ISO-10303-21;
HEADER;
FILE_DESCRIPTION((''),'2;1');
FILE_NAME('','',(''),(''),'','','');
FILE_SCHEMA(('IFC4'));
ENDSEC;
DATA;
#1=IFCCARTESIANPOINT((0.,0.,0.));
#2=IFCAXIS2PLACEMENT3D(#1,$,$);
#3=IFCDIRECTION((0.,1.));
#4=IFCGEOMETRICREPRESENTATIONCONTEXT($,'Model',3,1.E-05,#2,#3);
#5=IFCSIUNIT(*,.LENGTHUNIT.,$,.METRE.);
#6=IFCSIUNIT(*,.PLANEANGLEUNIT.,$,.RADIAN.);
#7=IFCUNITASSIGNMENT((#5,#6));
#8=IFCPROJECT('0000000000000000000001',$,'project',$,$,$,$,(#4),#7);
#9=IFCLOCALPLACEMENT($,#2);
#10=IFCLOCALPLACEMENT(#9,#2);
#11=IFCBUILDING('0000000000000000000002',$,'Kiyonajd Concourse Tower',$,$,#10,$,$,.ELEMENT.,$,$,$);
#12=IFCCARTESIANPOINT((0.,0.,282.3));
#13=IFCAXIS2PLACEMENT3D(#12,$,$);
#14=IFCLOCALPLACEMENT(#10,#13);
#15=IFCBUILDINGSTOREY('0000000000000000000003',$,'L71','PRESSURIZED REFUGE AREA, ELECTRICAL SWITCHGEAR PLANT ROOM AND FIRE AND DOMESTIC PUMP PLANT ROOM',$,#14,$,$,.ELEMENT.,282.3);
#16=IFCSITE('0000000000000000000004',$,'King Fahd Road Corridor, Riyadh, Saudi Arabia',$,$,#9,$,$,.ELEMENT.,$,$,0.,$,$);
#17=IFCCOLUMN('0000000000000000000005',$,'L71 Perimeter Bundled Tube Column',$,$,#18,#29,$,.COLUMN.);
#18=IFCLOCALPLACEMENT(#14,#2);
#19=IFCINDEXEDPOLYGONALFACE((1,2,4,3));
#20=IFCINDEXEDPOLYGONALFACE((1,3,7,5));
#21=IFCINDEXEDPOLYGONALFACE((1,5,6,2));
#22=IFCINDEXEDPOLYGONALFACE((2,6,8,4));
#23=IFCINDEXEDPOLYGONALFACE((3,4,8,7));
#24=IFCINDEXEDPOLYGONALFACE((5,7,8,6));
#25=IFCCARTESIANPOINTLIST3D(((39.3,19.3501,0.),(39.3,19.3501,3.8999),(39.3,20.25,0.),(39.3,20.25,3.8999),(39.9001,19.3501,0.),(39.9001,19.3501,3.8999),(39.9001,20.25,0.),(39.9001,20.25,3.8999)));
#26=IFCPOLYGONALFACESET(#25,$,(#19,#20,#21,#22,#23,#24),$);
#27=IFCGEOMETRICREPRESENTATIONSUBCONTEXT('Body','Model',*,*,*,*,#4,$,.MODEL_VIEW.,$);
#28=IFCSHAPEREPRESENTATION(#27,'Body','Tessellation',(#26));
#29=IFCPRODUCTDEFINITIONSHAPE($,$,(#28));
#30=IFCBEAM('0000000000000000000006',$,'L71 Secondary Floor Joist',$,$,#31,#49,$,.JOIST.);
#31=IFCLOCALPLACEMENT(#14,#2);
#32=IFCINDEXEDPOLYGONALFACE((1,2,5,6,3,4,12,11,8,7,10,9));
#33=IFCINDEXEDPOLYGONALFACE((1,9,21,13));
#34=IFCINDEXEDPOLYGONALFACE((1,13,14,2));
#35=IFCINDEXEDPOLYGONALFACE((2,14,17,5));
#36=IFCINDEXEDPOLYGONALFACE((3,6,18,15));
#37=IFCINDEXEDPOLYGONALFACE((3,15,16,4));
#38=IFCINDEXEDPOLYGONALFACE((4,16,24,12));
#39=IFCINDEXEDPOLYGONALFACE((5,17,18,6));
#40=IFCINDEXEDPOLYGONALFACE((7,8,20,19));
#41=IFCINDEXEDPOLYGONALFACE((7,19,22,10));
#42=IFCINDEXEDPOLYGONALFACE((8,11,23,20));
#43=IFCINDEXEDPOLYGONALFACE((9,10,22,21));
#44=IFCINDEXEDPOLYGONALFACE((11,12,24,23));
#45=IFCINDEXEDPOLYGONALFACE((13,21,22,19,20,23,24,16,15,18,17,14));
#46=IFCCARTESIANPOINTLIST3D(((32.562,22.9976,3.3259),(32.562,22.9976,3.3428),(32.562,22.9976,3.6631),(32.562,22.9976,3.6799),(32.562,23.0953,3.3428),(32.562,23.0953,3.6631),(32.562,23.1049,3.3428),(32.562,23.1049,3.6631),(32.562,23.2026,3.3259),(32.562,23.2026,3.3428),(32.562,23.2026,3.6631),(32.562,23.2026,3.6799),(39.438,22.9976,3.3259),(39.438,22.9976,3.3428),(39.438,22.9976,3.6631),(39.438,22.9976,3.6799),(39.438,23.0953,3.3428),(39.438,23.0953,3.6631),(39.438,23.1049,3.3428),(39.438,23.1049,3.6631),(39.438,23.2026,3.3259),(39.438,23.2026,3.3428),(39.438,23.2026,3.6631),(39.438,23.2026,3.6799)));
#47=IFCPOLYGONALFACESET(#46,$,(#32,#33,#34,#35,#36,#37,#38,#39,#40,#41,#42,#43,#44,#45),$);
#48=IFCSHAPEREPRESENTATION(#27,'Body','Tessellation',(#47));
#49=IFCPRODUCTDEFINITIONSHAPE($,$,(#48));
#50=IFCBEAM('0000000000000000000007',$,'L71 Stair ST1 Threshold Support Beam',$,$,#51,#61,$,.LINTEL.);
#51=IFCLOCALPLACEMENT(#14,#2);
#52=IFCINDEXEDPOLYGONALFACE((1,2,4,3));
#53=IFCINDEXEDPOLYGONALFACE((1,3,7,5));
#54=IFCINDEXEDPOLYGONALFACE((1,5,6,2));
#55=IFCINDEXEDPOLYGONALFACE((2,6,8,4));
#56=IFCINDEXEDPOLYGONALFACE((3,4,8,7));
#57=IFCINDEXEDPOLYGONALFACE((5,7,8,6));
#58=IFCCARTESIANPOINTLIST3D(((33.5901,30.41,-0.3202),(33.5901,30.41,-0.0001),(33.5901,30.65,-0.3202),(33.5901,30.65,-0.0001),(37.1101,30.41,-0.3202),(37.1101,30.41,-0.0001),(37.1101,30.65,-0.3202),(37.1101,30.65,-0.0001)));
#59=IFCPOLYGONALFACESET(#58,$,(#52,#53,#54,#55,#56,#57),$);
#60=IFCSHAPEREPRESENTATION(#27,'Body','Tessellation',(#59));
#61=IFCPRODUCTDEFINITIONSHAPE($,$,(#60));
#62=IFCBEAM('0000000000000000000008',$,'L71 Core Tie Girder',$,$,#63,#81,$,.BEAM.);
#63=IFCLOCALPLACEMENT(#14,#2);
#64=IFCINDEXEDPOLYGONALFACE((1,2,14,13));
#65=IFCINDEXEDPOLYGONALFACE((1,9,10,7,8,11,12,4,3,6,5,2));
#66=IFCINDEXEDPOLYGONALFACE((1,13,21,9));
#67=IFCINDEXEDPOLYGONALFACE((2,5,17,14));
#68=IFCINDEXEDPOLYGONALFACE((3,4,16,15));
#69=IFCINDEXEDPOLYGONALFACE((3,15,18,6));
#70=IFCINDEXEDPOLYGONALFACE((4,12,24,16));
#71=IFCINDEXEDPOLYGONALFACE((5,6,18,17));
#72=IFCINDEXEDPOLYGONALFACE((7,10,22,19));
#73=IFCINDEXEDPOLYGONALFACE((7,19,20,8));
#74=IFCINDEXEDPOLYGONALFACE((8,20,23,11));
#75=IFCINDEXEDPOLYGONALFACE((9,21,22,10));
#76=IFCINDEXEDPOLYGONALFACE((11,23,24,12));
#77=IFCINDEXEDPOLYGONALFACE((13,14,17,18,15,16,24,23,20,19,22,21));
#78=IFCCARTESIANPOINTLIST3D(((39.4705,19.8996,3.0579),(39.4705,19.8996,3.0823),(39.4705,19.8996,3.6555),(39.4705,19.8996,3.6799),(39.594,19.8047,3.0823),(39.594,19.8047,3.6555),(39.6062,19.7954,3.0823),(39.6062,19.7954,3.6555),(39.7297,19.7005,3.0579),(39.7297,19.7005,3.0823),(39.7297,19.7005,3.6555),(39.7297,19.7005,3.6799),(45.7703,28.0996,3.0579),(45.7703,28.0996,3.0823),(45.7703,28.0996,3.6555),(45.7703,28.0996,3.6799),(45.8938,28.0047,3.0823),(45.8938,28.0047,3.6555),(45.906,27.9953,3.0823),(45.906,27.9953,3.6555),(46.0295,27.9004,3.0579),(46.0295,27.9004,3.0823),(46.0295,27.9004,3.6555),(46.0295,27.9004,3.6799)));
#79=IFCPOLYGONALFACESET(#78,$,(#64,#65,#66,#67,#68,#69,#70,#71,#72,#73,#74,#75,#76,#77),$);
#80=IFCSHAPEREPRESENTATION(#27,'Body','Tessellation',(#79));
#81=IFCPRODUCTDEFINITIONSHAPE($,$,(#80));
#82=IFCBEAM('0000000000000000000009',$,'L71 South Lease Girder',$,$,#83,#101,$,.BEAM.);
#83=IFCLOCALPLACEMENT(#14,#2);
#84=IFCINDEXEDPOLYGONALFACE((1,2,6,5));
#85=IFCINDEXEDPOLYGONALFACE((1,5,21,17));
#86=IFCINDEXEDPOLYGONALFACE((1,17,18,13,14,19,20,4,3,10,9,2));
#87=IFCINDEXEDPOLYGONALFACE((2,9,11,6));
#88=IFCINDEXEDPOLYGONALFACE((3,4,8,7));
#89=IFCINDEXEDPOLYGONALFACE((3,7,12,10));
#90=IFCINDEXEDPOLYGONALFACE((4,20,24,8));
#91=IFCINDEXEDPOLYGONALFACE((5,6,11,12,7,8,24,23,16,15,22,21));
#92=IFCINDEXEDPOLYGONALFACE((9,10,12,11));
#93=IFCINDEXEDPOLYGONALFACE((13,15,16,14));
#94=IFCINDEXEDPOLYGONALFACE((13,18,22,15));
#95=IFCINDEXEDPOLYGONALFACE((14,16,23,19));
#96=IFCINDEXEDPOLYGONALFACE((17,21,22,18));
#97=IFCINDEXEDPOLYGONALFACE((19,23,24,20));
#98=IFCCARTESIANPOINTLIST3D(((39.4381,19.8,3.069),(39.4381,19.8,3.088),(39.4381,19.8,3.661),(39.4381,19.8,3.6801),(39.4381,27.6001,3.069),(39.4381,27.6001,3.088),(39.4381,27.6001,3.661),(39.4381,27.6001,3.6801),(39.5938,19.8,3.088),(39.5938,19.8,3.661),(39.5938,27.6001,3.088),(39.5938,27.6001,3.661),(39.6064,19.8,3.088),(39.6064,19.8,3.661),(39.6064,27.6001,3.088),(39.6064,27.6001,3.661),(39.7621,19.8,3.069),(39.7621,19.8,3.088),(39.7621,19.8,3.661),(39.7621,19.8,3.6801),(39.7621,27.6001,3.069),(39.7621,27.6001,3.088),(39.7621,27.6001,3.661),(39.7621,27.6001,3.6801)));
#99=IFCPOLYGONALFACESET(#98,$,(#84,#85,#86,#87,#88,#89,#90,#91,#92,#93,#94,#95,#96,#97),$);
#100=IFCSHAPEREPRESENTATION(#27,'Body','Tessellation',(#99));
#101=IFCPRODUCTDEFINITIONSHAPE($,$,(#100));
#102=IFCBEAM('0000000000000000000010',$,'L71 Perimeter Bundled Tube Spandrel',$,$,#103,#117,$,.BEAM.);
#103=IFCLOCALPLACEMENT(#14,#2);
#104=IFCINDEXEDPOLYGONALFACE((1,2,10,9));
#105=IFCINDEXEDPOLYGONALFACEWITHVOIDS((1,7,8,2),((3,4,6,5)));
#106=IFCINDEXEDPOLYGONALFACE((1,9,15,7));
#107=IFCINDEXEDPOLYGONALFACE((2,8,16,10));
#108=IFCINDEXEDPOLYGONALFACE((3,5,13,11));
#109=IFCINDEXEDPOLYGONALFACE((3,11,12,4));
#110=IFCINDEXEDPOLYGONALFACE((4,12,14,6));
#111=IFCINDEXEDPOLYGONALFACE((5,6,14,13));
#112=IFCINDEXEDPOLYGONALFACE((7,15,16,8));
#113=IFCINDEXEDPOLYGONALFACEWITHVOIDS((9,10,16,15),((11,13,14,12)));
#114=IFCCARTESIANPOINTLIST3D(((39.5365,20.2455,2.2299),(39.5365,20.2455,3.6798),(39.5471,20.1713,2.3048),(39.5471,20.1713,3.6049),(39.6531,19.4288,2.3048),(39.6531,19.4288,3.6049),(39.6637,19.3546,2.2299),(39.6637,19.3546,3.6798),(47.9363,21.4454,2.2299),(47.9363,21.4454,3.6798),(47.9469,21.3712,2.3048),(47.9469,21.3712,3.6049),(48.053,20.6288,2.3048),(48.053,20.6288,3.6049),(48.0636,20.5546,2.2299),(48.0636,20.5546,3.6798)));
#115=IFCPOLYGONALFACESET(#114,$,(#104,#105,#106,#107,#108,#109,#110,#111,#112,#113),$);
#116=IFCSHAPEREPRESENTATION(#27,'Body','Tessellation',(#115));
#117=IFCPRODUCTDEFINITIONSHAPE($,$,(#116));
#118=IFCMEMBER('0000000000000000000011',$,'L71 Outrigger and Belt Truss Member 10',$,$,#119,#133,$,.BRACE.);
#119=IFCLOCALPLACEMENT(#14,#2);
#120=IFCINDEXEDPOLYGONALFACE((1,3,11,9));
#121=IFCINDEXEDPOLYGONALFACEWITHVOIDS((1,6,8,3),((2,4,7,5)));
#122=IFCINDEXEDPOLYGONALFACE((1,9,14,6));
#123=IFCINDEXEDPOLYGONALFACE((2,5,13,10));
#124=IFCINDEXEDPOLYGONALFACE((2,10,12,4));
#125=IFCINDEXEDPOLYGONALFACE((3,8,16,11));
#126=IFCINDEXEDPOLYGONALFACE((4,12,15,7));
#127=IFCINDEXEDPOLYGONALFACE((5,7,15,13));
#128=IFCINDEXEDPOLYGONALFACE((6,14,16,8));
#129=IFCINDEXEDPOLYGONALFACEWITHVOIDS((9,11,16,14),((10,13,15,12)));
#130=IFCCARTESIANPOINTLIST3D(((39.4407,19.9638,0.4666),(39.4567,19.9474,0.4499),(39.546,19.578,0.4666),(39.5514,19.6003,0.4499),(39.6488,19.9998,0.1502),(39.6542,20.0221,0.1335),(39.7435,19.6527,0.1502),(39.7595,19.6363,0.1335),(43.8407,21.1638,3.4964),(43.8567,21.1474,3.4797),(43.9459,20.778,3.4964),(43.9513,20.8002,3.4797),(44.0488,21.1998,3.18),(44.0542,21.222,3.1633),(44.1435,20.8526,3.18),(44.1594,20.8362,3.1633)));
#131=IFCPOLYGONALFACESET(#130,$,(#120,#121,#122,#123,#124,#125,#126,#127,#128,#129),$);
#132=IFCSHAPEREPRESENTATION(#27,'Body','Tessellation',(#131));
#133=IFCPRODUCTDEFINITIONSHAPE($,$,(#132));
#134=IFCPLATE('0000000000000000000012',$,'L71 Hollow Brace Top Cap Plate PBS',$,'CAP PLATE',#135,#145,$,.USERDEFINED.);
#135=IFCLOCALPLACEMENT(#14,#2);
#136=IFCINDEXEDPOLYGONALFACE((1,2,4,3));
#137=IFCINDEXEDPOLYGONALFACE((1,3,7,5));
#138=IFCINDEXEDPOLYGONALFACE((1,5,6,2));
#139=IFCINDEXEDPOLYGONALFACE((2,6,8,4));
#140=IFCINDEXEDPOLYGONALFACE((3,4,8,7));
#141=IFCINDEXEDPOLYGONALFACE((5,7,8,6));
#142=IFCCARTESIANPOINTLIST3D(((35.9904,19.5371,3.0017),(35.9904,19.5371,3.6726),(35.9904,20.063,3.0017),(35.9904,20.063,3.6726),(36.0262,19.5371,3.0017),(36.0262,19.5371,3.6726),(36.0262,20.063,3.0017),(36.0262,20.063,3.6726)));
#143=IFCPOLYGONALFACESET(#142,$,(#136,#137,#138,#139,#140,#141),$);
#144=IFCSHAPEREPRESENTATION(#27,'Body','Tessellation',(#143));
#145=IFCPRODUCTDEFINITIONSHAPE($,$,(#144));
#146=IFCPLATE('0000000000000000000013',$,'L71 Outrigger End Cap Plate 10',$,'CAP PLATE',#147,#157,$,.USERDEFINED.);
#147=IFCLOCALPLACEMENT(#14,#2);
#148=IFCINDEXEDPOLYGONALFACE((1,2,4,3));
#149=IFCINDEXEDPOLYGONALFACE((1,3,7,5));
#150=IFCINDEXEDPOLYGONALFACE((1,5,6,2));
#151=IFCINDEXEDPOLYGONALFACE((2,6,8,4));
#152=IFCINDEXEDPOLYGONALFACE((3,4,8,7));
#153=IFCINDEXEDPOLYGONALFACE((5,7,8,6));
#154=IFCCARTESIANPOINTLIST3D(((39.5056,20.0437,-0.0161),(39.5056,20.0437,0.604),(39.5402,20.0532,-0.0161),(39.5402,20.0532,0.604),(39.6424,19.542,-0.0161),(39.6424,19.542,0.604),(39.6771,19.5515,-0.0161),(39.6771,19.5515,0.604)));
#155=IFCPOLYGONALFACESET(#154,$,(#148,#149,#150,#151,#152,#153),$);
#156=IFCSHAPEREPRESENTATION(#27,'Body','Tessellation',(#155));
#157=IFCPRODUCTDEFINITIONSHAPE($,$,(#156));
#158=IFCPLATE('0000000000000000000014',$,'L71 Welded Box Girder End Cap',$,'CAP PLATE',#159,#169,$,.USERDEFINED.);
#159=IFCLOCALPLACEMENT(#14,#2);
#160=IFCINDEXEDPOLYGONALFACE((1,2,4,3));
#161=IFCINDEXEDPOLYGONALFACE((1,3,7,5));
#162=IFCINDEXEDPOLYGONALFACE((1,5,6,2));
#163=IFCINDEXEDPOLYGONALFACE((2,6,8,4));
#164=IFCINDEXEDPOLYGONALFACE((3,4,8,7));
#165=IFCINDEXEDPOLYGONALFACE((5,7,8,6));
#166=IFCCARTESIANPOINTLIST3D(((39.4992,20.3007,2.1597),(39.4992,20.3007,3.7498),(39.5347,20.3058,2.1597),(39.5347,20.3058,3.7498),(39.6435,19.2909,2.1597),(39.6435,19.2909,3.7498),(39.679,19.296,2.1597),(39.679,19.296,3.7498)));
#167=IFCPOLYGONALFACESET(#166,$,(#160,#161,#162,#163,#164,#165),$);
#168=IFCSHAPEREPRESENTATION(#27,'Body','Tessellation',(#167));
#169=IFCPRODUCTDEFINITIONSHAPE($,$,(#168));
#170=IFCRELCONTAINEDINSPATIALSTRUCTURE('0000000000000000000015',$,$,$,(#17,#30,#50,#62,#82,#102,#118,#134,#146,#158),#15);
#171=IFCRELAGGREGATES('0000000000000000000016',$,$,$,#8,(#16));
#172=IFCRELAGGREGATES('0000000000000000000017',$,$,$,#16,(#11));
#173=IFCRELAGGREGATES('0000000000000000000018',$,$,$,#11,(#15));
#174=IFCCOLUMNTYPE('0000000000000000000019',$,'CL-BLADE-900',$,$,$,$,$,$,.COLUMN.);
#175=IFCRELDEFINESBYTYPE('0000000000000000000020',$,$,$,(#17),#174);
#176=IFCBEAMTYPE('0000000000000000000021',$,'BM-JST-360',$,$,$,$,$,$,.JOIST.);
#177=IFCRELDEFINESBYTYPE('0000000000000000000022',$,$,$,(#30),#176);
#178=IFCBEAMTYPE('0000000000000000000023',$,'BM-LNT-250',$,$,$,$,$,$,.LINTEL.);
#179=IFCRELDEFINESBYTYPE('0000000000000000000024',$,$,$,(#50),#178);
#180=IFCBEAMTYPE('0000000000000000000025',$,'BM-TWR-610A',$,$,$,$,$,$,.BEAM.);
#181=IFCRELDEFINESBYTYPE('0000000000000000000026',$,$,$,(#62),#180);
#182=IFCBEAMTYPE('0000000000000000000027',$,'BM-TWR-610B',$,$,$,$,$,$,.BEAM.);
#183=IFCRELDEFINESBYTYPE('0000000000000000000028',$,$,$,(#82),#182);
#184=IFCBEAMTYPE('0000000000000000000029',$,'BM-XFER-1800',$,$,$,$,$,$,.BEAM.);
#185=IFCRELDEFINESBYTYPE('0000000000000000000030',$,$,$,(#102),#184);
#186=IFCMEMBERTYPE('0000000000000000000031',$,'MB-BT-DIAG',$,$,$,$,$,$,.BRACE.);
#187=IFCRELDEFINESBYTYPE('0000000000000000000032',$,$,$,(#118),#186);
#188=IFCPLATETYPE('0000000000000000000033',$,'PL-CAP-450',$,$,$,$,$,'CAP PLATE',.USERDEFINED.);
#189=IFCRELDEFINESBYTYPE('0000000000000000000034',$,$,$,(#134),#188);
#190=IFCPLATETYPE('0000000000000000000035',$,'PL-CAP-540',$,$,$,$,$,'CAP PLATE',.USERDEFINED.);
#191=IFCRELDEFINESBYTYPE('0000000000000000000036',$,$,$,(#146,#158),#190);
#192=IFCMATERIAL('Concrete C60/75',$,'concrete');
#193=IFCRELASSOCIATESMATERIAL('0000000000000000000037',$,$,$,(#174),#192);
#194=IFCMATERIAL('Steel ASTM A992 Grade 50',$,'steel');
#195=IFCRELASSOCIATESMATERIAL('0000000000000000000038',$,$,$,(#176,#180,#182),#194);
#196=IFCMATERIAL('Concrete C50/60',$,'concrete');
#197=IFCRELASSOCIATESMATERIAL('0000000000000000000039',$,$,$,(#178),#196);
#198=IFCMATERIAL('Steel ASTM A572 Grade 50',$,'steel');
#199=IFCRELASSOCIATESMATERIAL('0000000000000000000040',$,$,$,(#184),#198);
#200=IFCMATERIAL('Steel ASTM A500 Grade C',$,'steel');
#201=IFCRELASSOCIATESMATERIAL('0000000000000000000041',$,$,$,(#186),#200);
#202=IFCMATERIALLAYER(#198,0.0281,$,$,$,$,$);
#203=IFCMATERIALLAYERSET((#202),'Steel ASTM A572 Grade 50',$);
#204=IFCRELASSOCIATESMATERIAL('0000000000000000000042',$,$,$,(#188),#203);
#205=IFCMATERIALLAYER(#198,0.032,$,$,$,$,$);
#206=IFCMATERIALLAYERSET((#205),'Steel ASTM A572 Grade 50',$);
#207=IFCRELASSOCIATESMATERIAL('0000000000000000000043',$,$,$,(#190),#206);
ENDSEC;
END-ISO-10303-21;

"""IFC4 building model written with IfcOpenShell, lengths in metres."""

from ifc_helpers import new_model, si_unit, direction, frame, origin, origin_2d, place, context, subcontext, project, spatial, rectangle, hollow_rectangle, i_section, extrude, material, layer, layer_set, material_profile, profile_set, type_object, element, save


model = new_model("IFC4")

# Units and contexts
model_context = context("Model", 3, precision=1e-05, world=origin(), true_north=direction((0.0, 1.0)))
body_context = subcontext(model_context, "Body", "Model", "MODEL_VIEW")
ifc_project = project(units=[si_unit("LENGTHUNIT", "METRE"), si_unit("PLANEANGLEUNIT", "RADIAN")], contexts=[model_context])

# Site, building, storey
site_placement = place(None, origin())
site = spatial("IfcSite", under=ifc_project, at=site_placement, Name="King Fahd Road Corridor, Riyadh, Saudi Arabia", CompositionType="ELEMENT", RefElevation=0.0)
building_placement = place(site_placement, origin())
building = spatial("IfcBuilding", under=site, at=building_placement, Name="Kiyonajd Concourse Tower", CompositionType="ELEMENT")
storey_placement = place(building_placement, frame((0.0, 0.0, 282.3)))
storey = spatial("IfcBuildingStorey", under=building, at=storey_placement, Name="L71", Description="PRESSURIZED REFUGE AREA, ELECTRICAL SWITCHGEAR PLANT ROOM AND FIRE AND DOMESTIC PUMP PLANT ROOM", CompositionType="ELEMENT", Elevation=282.3)

# Column
ifc_material_1 = material(Name="Concrete C60/75", Category="concrete")
ifc_material_profile_1 = material_profile(ifc_material_1, rectangle(XDim=0.6001, YDim=0.8999, at=origin_2d()), Name="RC-900x600")
ifc_profile_set_1 = profile_set([ifc_material_profile_1], Name="Concrete C60/75")
column_type = type_object("IfcColumnType", Name="CL-BLADE-900", PredefinedType="COLUMN", material=ifc_profile_set_1)
column_placement = place(storey_placement, frame((39.6001, 19.8, 0.0), z_axis=(0.0, 0.0, 1.0), x_axis=(1.0, 0.0, 0.0)))
element("IfcColumn", 1, at=column_placement, inside=storey, type_object=column_type, Name="L71 Perimeter Bundled Tube Column", PredefinedType="COLUMN", context=body_context, shape_type="SweptSolid", body=[
    extrude(rectangle(XDim=0.6001, YDim=0.8999, at=origin_2d()), origin(), (0.0, 0.0, 1.0), 3.8999),
])

# Beams
ifc_material_2 = material(Name="Steel ASTM A992 Grade 50", Category="steel")
ifc_material_profile_2 = material_profile(ifc_material_2, i_section(OverallWidth=0.2051, OverallDepth=0.354, WebThickness=0.0095, FlangeThickness=0.0168, at=origin_2d()), Name="W360X79")
ifc_profile_set_2 = profile_set([ifc_material_profile_2], Name="Steel ASTM A992 Grade 50")
beam_type_1 = type_object("IfcBeamType", Name="BM-JST-360", PredefinedType="JOIST", material=ifc_profile_set_2)
beam_1_placement = place(storey_placement, frame((32.562, 23.1001, 3.5029), z_axis=(1.0, 0.0, 0.0), x_axis=(0.0, 1.0, 0.0)))
element("IfcBeam", 2, at=beam_1_placement, inside=storey, type_object=beam_type_1, Name="L71 Secondary Floor Joist", PredefinedType="JOIST", context=body_context, shape_type="SweptSolid", body=[
    extrude(i_section(OverallWidth=0.2051, OverallDepth=0.354, WebThickness=0.0095, FlangeThickness=0.0168, at=origin_2d()), origin(), (0.0, 0.0, 1.0), 6.876),
])
ifc_material_3 = material(Name="Concrete C50/60", Category="concrete")
ifc_material_profile_3 = material_profile(ifc_material_3, rectangle(XDim=0.24, YDim=0.3201, at=origin_2d()), Name="RCBM-240x320")
ifc_profile_set_3 = profile_set([ifc_material_profile_3], Name="Concrete C50/60")
beam_type_2 = type_object("IfcBeamType", Name="BM-LNT-250", PredefinedType="LINTEL", material=ifc_profile_set_3)
beam_2_placement = place(storey_placement, frame((33.5901, 30.53, -0.1602), z_axis=(1.0, 0.0, 0.0), x_axis=(0.0, 1.0, 0.0)))
element("IfcBeam", 3, at=beam_2_placement, inside=storey, type_object=beam_type_2, Name="L71 Stair ST1 Threshold Support Beam", PredefinedType="LINTEL", context=body_context, shape_type="SweptSolid", body=[
    extrude(rectangle(XDim=0.24, YDim=0.3201, at=origin_2d()), origin(), (0.0, 0.0, 1.0), 3.52),
])
ifc_material_profile_4 = material_profile(ifc_material_2, i_section(OverallWidth=0.3269, OverallDepth=0.6221, WebThickness=0.0154, FlangeThickness=0.0244, at=origin_2d()), Name="W610X195")
ifc_profile_set_4 = profile_set([ifc_material_profile_4], Name="Steel ASTM A992 Grade 50")
beam_type_3 = type_object("IfcBeamType", Name="BM-TWR-610A", PredefinedType="BEAM", material=ifc_profile_set_4)
beam_3_placement = place(storey_placement, frame((39.6001, 19.8, 3.3689), z_axis=(0.609234, 0.792991, 0.0), x_axis=(-0.792991, 0.609234, 0.0)))
element("IfcBeam", 4, at=beam_3_placement, inside=storey, type_object=beam_type_3, Name="L71 Core Tie Girder", PredefinedType="BEAM", context=body_context, shape_type="SweptSolid", body=[
    extrude(i_section(OverallWidth=0.3269, OverallDepth=0.6221, WebThickness=0.0154, FlangeThickness=0.0244, at=origin_2d()), origin(), (0.0, 0.0, 1.0), 10.3406),
])
ifc_material_profile_5 = material_profile(ifc_material_2, i_section(OverallWidth=0.324, OverallDepth=0.6111, WebThickness=0.0127, FlangeThickness=0.019, at=origin_2d()), Name="W610X155")
ifc_profile_set_5 = profile_set([ifc_material_profile_5], Name="Steel ASTM A992 Grade 50")
beam_type_4 = type_object("IfcBeamType", Name="BM-TWR-610B", PredefinedType="BEAM", material=ifc_profile_set_5)
beam_4_placement = place(storey_placement, frame((39.6001, 19.8, 3.3745), z_axis=(0.0, 1.0, 0.0), x_axis=(-1.0, 0.0, 0.0)))
element("IfcBeam", 5, at=beam_4_placement, inside=storey, type_object=beam_type_4, Name="L71 South Lease Girder", PredefinedType="BEAM", context=body_context, shape_type="SweptSolid", body=[
    extrude(i_section(OverallWidth=0.324, OverallDepth=0.6111, WebThickness=0.0127, FlangeThickness=0.019, at=origin_2d()), origin(), (0.0, 0.0, 1.0), 7.8),
])
ifc_material_4 = material(Name="Steel ASTM A572 Grade 50", Category="steel")
ifc_material_profile_6 = material_profile(ifc_material_4, hollow_rectangle(XDim=0.8999, YDim=1.45, WallThickness=0.075, at=origin_2d()), Name="BOX-1450x900x75")
ifc_profile_set_6 = profile_set([ifc_material_profile_6], Name="Steel ASTM A572 Grade 50")
beam_type_5 = type_object("IfcBeamType", Name="BM-XFER-1800", PredefinedType="BEAM", material=ifc_profile_set_6)
beam_5_placement = place(storey_placement, frame((39.6001, 19.8, 2.9548), z_axis=(0.98995, 0.141417, 0.0), x_axis=(-0.141417, 0.98995, 0.0)))
element("IfcBeam", 6, at=beam_5_placement, inside=storey, type_object=beam_type_5, Name="L71 Perimeter Bundled Tube Spandrel", PredefinedType="BEAM", context=body_context, shape_type="SweptSolid", body=[
    extrude(hollow_rectangle(XDim=0.8999, YDim=1.45, WallThickness=0.075, at=origin_2d()), origin(), (0.0, 0.0, 1.0), 8.4851),
])

# Member
ifc_material_5 = material(Name="Steel ASTM A500 Grade C", Category="steel")
ifc_material_profile_7 = material_profile(ifc_material_5, hollow_rectangle(XDim=0.3999, YDim=0.3999, WallThickness=0.02, at=origin_2d()), Name="HSS-400x400x20")
ifc_profile_set_7 = profile_set([ifc_material_profile_7], Name="Steel ASTM A500 Grade C")
member_type = type_object("IfcMemberType", Name="MB-BT-DIAG", PredefinedType="BRACE", material=ifc_profile_set_7)
member_placement = place(storey_placement, frame((39.6001, 19.8, 0.3), z_axis=(0.803595, 0.219158, 0.553358), x_axis=(-0.263113, 0.964765, 0.0)))
element("IfcMember", 7, at=member_placement, inside=storey, type_object=member_type, Name="L71 Outrigger and Belt Truss Member 10", PredefinedType="BRACE", context=body_context, shape_type="SweptSolid", body=[
    extrude(hollow_rectangle(XDim=0.3999, YDim=0.3999, WallThickness=0.02, at=origin_2d()), origin(), (0.0, 0.0, 1.0), 5.4753),
])

# Plates
ifc_layer_1 = layer(ifc_material_4, 0.0281)
ifc_layer_set_1 = layer_set([ifc_layer_1], Name="Steel ASTM A572 Grade 50")
plate_type_1 = type_object("IfcPlateType", Name="PL-CAP-450", ElementType="CAP PLATE", PredefinedType="USERDEFINED", material=ifc_layer_set_1)
plate_1_placement = place(storey_placement, frame((36.0083, 19.8, 3.0017), z_axis=(0.0, 0.0, 1.0), x_axis=(1.0, 0.0, 0.0)))
element("IfcPlate", 8, at=plate_1_placement, inside=storey, type_object=plate_type_1, Name="L71 Hollow Brace Top Cap Plate PBS", ObjectType="CAP PLATE", PredefinedType="USERDEFINED", context=body_context, shape_type="SweptSolid", body=[
    extrude(rectangle(XDim=0.0359, YDim=0.5259, at=origin_2d()), origin(), (0.0, 0.0, 1.0), 0.6709),
])
ifc_layer_2 = layer(ifc_material_4, 0.032)
ifc_layer_set_2 = layer_set([ifc_layer_2], Name="Steel ASTM A572 Grade 50")
plate_type_2 = type_object("IfcPlateType", Name="PL-CAP-540", ElementType="CAP PLATE", PredefinedType="USERDEFINED", material=ifc_layer_set_2)
plate_2_placement = place(storey_placement, frame((39.5913, 19.7976, -0.0161), z_axis=(0.0, 0.0, 1.0), x_axis=(-0.964741, -0.2632, 0.0)))
element("IfcPlate", 9, at=plate_2_placement, inside=storey, type_object=plate_type_2, Name="L71 Outrigger End Cap Plate 10", ObjectType="CAP PLATE", PredefinedType="USERDEFINED", context=body_context, shape_type="SweptSolid", body=[
    extrude(rectangle(XDim=0.0359, YDim=0.52, at=origin_2d()), origin(), (0.0, 0.0, 1.0), 0.6201),
])
plate_3_placement = place(storey_placement, frame((39.5891, 19.7983, 2.1597), z_axis=(0.0, 0.0, 1.0), x_axis=(-0.98995, -0.14142, 0.0)))
element("IfcPlate", 10, at=plate_3_placement, inside=storey, type_object=plate_type_2, Name="L71 Welded Box Girder End Cap", ObjectType="CAP PLATE", PredefinedType="USERDEFINED", context=body_context, shape_type="SweptSolid", body=[
    extrude(rectangle(XDim=0.0359, YDim=1.02, at=origin_2d()), origin(), (0.0, 0.0, 1.0), 1.5901),
])

save(model, "model.ifc")
